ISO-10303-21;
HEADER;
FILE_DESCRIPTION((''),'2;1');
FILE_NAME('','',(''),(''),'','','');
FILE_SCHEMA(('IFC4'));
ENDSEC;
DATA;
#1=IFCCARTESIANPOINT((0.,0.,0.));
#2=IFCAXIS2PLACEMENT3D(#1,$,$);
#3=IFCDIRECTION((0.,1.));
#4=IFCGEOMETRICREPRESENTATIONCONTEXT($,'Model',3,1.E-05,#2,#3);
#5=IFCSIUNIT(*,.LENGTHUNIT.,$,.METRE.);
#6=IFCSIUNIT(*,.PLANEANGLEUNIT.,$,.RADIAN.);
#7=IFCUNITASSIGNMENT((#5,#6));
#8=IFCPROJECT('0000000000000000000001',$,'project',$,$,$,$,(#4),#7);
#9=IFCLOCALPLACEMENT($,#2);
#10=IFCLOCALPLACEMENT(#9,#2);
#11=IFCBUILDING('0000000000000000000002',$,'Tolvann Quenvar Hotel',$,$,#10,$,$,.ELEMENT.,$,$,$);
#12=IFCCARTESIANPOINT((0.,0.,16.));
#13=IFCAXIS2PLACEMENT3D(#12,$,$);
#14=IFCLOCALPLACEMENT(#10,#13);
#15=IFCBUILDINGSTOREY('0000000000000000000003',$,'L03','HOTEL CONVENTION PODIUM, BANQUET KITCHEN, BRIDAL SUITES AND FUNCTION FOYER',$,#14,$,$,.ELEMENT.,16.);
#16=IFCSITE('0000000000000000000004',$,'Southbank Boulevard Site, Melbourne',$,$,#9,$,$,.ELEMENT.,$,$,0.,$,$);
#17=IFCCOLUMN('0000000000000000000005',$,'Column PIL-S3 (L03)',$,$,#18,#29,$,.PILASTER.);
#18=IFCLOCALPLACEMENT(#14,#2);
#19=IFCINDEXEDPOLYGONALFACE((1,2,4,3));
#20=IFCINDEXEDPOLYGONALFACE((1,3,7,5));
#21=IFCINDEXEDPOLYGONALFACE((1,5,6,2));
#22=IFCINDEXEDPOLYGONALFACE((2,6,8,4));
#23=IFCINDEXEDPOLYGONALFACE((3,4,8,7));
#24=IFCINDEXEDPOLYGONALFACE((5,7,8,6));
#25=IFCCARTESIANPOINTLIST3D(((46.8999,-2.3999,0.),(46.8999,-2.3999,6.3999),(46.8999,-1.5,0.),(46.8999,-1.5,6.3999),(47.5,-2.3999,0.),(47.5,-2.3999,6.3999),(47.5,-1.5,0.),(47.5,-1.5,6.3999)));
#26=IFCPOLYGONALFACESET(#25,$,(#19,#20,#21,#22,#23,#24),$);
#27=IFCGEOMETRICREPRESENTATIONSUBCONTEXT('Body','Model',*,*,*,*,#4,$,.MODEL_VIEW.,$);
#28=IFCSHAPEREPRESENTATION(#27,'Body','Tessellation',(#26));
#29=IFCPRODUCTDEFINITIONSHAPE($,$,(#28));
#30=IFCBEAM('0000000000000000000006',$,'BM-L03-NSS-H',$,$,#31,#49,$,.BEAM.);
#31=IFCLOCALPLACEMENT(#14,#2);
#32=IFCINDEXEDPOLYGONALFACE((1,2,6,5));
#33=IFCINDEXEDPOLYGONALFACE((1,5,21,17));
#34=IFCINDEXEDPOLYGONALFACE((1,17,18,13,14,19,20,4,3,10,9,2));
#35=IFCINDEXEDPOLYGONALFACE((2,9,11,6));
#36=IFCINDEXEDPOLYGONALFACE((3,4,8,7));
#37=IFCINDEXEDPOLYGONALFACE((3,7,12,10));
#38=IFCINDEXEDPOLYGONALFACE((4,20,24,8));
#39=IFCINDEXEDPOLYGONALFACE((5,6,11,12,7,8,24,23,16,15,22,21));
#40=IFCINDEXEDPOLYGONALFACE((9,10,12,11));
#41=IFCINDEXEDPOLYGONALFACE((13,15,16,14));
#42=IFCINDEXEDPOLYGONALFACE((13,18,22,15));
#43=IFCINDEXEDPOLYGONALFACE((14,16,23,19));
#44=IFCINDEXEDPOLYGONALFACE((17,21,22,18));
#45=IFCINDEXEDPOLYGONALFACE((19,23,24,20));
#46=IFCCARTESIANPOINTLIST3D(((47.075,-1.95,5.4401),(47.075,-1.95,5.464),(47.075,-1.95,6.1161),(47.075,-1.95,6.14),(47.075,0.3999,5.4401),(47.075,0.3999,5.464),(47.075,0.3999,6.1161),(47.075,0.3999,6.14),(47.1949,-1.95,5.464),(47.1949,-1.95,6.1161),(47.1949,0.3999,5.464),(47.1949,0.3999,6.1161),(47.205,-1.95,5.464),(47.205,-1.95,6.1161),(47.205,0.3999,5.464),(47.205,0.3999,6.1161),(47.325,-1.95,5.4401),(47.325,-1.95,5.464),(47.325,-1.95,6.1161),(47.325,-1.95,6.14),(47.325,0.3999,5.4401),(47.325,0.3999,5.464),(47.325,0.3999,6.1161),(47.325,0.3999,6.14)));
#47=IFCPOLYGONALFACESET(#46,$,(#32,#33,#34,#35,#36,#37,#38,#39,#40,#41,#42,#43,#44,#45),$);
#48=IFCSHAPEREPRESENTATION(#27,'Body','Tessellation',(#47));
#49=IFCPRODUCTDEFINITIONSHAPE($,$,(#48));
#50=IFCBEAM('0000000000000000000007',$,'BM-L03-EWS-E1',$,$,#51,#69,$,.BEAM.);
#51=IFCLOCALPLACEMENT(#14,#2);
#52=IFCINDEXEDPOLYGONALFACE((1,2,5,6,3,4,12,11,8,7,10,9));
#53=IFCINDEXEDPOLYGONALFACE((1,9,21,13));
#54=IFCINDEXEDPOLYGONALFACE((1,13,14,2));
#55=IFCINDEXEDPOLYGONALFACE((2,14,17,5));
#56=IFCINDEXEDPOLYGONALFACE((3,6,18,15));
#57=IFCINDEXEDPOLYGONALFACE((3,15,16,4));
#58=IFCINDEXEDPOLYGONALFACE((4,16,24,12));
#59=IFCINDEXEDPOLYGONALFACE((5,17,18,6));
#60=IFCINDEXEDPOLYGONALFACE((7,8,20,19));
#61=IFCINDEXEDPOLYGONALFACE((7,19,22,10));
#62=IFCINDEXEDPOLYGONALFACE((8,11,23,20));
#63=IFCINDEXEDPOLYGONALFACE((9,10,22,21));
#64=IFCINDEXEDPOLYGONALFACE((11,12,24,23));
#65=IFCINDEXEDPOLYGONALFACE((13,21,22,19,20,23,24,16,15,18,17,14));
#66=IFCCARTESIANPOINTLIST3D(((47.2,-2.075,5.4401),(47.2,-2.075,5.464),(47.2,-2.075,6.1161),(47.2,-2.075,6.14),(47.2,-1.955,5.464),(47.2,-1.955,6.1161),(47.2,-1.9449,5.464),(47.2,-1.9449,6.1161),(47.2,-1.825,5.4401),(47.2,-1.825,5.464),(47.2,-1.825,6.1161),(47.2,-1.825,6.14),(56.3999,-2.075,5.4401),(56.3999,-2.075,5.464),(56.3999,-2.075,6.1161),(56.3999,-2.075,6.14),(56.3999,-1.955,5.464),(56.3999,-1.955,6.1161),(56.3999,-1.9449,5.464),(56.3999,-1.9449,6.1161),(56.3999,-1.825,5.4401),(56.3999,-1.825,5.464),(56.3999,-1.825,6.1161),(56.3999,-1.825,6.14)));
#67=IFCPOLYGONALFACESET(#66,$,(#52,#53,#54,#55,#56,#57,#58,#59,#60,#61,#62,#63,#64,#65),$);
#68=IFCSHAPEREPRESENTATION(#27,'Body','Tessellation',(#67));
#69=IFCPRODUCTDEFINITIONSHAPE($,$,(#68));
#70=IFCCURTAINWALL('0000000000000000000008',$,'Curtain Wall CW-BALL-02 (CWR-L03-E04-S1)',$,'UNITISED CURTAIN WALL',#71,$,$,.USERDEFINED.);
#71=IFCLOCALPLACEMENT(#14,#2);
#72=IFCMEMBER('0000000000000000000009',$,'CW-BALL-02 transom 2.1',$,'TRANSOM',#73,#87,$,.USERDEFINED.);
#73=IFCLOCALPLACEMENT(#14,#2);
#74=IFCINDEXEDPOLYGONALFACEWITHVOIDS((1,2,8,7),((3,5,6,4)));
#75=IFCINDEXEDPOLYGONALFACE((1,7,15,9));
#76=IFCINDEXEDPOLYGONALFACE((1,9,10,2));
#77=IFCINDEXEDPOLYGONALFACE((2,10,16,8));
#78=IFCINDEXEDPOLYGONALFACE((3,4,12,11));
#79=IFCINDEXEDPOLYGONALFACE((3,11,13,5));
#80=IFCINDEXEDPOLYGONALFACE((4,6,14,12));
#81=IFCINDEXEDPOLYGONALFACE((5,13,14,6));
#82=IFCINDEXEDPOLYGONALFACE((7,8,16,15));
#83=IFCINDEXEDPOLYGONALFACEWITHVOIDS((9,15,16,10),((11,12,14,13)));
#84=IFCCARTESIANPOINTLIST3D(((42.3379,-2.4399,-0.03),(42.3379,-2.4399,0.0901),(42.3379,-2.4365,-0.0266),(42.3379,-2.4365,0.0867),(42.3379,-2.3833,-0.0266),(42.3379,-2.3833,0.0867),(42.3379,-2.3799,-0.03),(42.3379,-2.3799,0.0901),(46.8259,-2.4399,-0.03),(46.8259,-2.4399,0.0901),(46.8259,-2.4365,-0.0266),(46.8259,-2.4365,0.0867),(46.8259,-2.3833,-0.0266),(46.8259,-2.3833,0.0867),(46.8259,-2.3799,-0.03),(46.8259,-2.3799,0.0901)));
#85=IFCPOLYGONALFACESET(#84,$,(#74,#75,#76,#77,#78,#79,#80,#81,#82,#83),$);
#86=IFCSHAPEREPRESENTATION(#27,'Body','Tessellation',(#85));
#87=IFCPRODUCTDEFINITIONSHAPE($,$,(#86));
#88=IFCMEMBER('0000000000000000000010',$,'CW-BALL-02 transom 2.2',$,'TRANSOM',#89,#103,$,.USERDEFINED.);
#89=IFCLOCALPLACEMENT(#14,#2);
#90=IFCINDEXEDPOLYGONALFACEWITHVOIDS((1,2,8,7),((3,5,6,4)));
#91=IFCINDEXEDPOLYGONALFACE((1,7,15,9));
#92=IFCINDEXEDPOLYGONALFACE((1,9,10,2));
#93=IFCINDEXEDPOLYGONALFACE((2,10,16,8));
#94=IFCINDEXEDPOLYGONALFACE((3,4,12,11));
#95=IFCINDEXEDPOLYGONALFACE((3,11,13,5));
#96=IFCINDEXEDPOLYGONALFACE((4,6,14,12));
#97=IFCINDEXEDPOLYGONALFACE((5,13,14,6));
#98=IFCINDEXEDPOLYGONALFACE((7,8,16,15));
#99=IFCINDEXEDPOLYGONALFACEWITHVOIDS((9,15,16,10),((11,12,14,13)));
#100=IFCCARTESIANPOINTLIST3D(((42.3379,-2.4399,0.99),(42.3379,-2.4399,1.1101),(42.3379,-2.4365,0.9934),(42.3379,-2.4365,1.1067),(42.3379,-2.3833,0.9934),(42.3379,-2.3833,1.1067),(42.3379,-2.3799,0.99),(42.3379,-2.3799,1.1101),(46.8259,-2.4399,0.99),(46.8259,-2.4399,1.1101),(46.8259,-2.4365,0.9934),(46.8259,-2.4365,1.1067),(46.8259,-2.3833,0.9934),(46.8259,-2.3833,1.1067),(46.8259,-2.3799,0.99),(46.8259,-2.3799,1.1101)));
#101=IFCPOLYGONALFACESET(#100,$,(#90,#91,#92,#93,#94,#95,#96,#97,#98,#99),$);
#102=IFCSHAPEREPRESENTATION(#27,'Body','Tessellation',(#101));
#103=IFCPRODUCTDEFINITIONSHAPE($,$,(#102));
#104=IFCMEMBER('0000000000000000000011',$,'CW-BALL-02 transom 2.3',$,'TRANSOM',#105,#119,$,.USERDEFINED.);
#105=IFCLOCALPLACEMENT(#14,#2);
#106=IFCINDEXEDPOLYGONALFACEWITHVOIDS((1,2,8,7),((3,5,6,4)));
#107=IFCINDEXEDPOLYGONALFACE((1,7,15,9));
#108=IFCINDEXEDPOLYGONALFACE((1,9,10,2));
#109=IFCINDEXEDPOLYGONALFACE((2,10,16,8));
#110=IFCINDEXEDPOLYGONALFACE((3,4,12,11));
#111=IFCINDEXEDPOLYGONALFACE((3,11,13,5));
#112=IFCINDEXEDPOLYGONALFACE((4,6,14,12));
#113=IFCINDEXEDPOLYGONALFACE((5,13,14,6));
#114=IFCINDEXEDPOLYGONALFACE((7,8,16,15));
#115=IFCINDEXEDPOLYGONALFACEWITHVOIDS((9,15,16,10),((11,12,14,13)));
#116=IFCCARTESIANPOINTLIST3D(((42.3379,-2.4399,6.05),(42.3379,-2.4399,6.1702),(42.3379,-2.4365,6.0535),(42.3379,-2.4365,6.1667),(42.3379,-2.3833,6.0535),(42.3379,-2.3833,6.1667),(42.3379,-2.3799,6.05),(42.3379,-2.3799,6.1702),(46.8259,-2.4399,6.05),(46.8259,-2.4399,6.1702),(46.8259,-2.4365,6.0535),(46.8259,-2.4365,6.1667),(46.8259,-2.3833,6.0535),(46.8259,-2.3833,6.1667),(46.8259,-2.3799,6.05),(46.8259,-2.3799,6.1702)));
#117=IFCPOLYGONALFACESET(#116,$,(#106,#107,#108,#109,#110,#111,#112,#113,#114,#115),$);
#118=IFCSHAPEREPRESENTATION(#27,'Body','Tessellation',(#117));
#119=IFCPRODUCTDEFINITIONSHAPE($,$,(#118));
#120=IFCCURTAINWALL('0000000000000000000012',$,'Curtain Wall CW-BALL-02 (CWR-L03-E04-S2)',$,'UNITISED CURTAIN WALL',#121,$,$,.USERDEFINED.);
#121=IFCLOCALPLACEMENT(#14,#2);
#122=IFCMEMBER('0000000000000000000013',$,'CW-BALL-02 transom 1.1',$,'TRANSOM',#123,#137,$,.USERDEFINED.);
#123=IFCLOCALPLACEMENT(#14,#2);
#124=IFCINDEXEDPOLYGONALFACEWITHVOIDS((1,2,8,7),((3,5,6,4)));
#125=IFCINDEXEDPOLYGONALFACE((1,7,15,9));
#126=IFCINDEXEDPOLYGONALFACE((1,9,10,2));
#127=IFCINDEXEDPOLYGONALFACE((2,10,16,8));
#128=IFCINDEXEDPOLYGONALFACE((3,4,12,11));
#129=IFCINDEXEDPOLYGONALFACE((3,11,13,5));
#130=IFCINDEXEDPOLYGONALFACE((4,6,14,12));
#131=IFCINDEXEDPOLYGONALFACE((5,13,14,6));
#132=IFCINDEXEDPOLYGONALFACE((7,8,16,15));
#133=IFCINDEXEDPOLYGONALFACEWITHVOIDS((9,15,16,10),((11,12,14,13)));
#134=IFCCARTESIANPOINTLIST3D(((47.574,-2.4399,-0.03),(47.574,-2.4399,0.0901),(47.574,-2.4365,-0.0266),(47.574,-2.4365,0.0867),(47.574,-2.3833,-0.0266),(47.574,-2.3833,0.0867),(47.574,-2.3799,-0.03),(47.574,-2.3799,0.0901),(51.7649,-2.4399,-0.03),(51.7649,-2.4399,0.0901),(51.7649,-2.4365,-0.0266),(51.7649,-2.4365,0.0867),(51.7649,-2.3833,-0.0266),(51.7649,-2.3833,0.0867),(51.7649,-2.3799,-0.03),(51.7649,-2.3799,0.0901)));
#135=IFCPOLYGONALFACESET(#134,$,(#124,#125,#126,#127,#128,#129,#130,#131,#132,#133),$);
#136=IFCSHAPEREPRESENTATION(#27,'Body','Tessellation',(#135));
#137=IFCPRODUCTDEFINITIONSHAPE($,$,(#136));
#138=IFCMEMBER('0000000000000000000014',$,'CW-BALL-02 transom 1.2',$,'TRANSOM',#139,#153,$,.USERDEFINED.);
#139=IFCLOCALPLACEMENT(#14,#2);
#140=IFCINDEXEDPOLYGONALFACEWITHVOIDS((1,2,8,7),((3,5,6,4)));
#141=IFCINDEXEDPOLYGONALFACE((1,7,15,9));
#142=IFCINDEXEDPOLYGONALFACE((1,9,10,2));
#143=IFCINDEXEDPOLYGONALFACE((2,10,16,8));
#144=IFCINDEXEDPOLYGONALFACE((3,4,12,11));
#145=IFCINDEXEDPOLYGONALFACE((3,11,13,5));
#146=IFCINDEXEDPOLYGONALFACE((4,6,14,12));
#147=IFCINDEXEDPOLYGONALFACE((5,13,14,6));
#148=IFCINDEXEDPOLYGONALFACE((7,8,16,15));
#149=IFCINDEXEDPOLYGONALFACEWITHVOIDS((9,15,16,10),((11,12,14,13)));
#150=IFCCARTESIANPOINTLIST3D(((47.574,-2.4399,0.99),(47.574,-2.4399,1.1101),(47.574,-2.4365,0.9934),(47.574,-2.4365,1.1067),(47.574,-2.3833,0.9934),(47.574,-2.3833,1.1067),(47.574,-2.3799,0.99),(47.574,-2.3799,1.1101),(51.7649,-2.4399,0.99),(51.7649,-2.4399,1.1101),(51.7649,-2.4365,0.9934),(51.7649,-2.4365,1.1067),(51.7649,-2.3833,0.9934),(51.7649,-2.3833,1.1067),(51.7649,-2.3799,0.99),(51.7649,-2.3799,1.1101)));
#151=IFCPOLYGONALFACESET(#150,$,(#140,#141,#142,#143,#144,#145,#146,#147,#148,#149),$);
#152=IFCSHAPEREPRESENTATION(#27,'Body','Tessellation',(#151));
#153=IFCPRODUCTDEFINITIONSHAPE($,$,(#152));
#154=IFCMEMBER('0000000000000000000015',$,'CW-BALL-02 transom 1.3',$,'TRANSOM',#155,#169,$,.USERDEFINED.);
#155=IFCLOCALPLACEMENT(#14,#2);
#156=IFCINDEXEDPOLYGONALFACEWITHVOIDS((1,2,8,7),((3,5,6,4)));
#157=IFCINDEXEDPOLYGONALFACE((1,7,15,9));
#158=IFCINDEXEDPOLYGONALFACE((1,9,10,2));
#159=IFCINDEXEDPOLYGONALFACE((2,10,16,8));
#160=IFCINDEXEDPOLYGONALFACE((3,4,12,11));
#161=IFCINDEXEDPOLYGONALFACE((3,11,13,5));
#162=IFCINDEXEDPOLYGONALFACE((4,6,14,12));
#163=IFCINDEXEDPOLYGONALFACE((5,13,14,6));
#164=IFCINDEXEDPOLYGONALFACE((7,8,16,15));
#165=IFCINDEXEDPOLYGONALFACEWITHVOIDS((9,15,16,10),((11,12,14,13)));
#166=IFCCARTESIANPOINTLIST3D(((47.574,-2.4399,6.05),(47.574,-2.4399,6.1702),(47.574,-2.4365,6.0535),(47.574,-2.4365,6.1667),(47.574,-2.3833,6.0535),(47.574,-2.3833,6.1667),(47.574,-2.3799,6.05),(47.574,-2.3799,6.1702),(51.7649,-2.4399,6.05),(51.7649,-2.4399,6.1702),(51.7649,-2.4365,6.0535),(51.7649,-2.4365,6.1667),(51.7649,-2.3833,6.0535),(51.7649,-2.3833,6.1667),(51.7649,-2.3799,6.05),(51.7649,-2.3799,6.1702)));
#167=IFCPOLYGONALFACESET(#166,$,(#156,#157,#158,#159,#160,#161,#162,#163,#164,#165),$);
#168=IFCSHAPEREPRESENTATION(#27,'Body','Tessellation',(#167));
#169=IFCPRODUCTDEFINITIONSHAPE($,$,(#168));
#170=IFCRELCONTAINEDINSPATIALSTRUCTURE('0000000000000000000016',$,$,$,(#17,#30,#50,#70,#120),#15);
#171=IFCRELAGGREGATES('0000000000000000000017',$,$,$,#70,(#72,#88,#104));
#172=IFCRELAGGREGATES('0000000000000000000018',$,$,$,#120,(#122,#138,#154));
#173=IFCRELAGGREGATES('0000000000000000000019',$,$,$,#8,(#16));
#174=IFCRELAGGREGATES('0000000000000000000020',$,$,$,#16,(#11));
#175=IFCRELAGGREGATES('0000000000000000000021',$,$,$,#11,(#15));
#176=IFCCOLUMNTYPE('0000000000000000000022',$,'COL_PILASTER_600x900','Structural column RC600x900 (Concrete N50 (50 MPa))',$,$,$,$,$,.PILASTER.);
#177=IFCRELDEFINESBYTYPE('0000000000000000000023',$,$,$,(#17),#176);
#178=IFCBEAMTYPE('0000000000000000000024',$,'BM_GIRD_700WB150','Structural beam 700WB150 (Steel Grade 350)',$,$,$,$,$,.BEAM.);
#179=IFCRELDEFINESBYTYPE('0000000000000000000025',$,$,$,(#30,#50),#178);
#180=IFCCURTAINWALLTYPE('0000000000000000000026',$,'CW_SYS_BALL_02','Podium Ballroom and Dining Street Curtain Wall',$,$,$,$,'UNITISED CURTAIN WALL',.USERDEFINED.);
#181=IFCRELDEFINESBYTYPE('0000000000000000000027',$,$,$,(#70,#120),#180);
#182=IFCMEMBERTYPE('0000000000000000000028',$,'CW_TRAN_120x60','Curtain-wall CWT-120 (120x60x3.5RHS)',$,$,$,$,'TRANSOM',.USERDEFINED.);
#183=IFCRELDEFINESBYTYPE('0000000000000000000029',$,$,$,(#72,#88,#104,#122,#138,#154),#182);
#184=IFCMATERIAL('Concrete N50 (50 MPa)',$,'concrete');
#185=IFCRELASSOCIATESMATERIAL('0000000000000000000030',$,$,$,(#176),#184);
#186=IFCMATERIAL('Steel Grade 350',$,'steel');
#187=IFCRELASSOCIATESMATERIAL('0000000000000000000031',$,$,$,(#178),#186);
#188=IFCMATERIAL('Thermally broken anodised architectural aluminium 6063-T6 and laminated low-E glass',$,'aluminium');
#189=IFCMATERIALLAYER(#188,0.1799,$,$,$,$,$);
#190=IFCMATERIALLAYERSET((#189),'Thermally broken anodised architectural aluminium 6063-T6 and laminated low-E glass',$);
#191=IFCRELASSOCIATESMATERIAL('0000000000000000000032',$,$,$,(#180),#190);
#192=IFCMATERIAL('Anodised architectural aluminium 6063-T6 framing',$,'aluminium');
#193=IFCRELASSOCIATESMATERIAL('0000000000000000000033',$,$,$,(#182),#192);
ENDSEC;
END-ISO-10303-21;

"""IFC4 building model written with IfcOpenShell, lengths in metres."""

from ifc_helpers import new_model, si_unit, direction, frame, origin, origin_2d, place, context, subcontext, project, spatial, rectangle, hollow_rectangle, i_section, extrude, source, transform, mapped, material, layer, layer_set, material_profile, profile_set, type_object, type_shapes, element, aggregate, save


model = new_model("IFC4")

# Units and contexts
model_context = context("Model", 3, precision=1e-05, world=origin(), true_north=direction((0.0, 1.0)))
body_context = subcontext(model_context, "Body", "Model", "MODEL_VIEW")
ifc_project = project(units=[si_unit("LENGTHUNIT", "METRE"), si_unit("PLANEANGLEUNIT", "RADIAN")], contexts=[model_context])

# Site, building, storey
site_placement = place(None, origin())
site = spatial("IfcSite", under=ifc_project, at=site_placement, Name="Southbank Boulevard Site, Melbourne", CompositionType="ELEMENT", RefElevation=0.0)
building_placement = place(site_placement, origin())
building = spatial("IfcBuilding", under=site, at=building_placement, Name="Tolvann Quenvar Hotel", CompositionType="ELEMENT")
storey_placement = place(building_placement, frame((0.0, 0.0, 16.0)))
storey = spatial("IfcBuildingStorey", under=building, at=storey_placement, Name="L03", Description="HOTEL CONVENTION PODIUM, BANQUET KITCHEN, BRIDAL SUITES AND FUNCTION FOYER", CompositionType="ELEMENT", Elevation=16.0)

# Column
ifc_material_1 = material(Name="Concrete N50 (50 MPa)", Category="concrete")
ifc_material_profile_1 = material_profile(ifc_material_1, rectangle(XDim=0.6001, YDim=0.8999, at=origin_2d()), Name="RC600x900")
ifc_profile_set_1 = profile_set([ifc_material_profile_1], Name="Concrete N50 (50 MPa)")
column_type = type_object("IfcColumnType", Name="COL_PILASTER_600x900", Description="Structural column RC600x900 (Concrete N50 (50 MPa))", PredefinedType="PILASTER", material=ifc_profile_set_1)
shared_shape_1 = source(origin(), body_context, "Body", "SweptSolid", [
    extrude(rectangle(XDim=0.6001, YDim=0.8999, at=origin_2d()), origin(), (0.0, 0.0, 1.0), 6.3999),
])
type_shapes(column_type, [shared_shape_1])
column_placement = place(storey_placement, frame((47.2, -1.95, 0.0), z_axis=(0.0, 0.0, 1.0), x_axis=(1.0, 0.0, 0.0)))
element("IfcColumn", 1, at=column_placement, inside=storey, type_object=column_type, Name="Column PIL-S3 (L03)", PredefinedType="PILASTER", context=body_context, shape_type="MappedRepresentation", body=[
    mapped(shared_shape_1, transform((0.0, 0.0, 0.0), x_axis=(1.0, 0.0, 0.0), y_axis=(0.0, 1.0, 0.0), z_axis=(0.0, 0.0, 1.0), scale=1.0)),
])

# Beams
ifc_material_2 = material(Name="Steel Grade 350", Category="steel")
ifc_material_profile_2 = material_profile(ifc_material_2, i_section(OverallWidth=0.25, OverallDepth=0.7, WebThickness=0.01, FlangeThickness=0.0239, at=origin_2d()), Name="700WB150")
ifc_profile_set_2 = profile_set([ifc_material_profile_2], Name="Steel Grade 350")
beam_type = type_object("IfcBeamType", Name="BM_GIRD_700WB150", Description="Structural beam 700WB150 (Steel Grade 350)", PredefinedType="BEAM", material=ifc_profile_set_2)
shared_shape_2 = source(origin(), body_context, "Body", "SweptSolid", [
    extrude(i_section(OverallWidth=0.25, OverallDepth=0.7, WebThickness=0.01, FlangeThickness=0.0239, at=origin_2d()), origin(), (0.0, 0.0, 1.0), 2.3499),
])
beam_1_placement = place(storey_placement, frame((47.2, -1.95, 5.79), z_axis=(0.0, 1.0, 0.0), x_axis=(-1.0, 0.0, 0.0)))
element("IfcBeam", 2, at=beam_1_placement, inside=storey, type_object=beam_type, Name="BM-L03-NSS-H", PredefinedType="BEAM", context=body_context, shape_type="MappedRepresentation", body=[
    mapped(shared_shape_2, transform((0.0, 0.0, 0.0), x_axis=(1.0, 0.0, 0.0), y_axis=(0.0, 1.0, 0.0), z_axis=(0.0, 0.0, 1.0), scale=1.0)),
])
shared_shape_3 = source(origin(), body_context, "Body", "SweptSolid", [
    extrude(i_section(OverallWidth=0.25, OverallDepth=0.7, WebThickness=0.01, FlangeThickness=0.0239, at=origin_2d()), origin(), (0.0, 0.0, 1.0), 9.2),
])
type_shapes(beam_type, [shared_shape_2, shared_shape_3])
beam_2_placement = place(storey_placement, frame((47.2, -1.95, 5.79), z_axis=(1.0, 0.0, 0.0), x_axis=(0.0, 1.0, 0.0)))
element("IfcBeam", 3, at=beam_2_placement, inside=storey, type_object=beam_type, Name="BM-L03-EWS-E1", PredefinedType="BEAM", context=body_context, shape_type="MappedRepresentation", body=[
    mapped(shared_shape_3, transform((0.0, 0.0, 0.0), x_axis=(1.0, 0.0, 0.0), y_axis=(0.0, 1.0, 0.0), z_axis=(0.0, 0.0, 1.0), scale=1.0)),
])

# Curtain walls, members
ifc_material_3 = material(Name="Thermally broken anodised architectural aluminium 6063-T6 and laminated low-E glass", Category="aluminium")
ifc_layer_1 = layer(ifc_material_3, 0.1799)
ifc_layer_set_1 = layer_set([ifc_layer_1], Name="Thermally broken anodised architectural aluminium 6063-T6 and laminated low-E glass")
curtain_wall_type = type_object("IfcCurtainWallType", Name="CW_SYS_BALL_02", Description="Podium Ballroom and Dining Street Curtain Wall", ElementType="UNITISED CURTAIN WALL", PredefinedType="USERDEFINED", material=ifc_layer_set_1)
curtain_wall_1_placement = place(storey_placement, origin())
curtain_wall_1 = element("IfcCurtainWall", 4, at=curtain_wall_1_placement, inside=storey, type_object=curtain_wall_type, Name="Curtain Wall CW-BALL-02 (CWR-L03-E04-S1)", ObjectType="UNITISED CURTAIN WALL", PredefinedType="USERDEFINED")
ifc_material_4 = material(Name="Anodised architectural aluminium 6063-T6 framing", Category="aluminium")
ifc_material_profile_3 = material_profile(ifc_material_4, hollow_rectangle(XDim=0.0601, YDim=0.1201, WallThickness=0.0034, at=origin_2d()), Name="120x60x3.5RHS")
ifc_profile_set_3 = profile_set([ifc_material_profile_3], Name="Anodised architectural aluminium 6063-T6 framing")
member_type_1 = type_object("IfcMemberType", Name="CW_TRAN_120x60", Description="Curtain-wall CWT-120 (120x60x3.5RHS)", ElementType="TRANSOM", PredefinedType="USERDEFINED", material=ifc_profile_set_3)
shared_shape_4 = source(origin(), body_context, "Body", "SweptSolid", [
    extrude(hollow_rectangle(XDim=0.0601, YDim=0.1201, WallThickness=0.0034, at=origin_2d()), origin(), (0.0, 0.0, 1.0), 4.488),
])
member_1_placement = place(storey_placement, frame((42.3379, -2.4099, 0.03), z_axis=(1.0, 0.0, 0.0), x_axis=(0.0, 1.0, 0.0)))
member_1 = element("IfcMember", 5, at=member_1_placement, type_object=member_type_1, Name="CW-BALL-02 transom 2.1", ObjectType="TRANSOM", PredefinedType="USERDEFINED", context=body_context, shape_type="MappedRepresentation", body=[
    mapped(shared_shape_4, transform((0.0, 0.0, 0.0), x_axis=(1.0, 0.0, 0.0), y_axis=(0.0, 1.0, 0.0), z_axis=(0.0, 0.0, 1.0), scale=1.0)),
])
member_2_placement = place(storey_placement, frame((42.3379, -2.4099, 1.05), z_axis=(1.0, 0.0, 0.0), x_axis=(0.0, 1.0, 0.0)))
member_2 = element("IfcMember", 6, at=member_2_placement, type_object=member_type_1, Name="CW-BALL-02 transom 2.2", ObjectType="TRANSOM", PredefinedType="USERDEFINED", context=body_context, shape_type="MappedRepresentation", body=[
    mapped(shared_shape_4, transform((0.0, 0.0, 0.0), x_axis=(1.0, 0.0, 0.0), y_axis=(0.0, 1.0, 0.0), z_axis=(0.0, 0.0, 1.0), scale=1.0)),
])
member_3_placement = place(storey_placement, frame((42.3379, -2.4099, 6.1101), z_axis=(1.0, 0.0, 0.0), x_axis=(0.0, 1.0, 0.0)))
member_3 = element("IfcMember", 7, at=member_3_placement, type_object=member_type_1, Name="CW-BALL-02 transom 2.3", ObjectType="TRANSOM", PredefinedType="USERDEFINED", context=body_context, shape_type="MappedRepresentation", body=[
    mapped(shared_shape_4, transform((0.0, 0.0, 0.0), x_axis=(1.0, 0.0, 0.0), y_axis=(0.0, 1.0, 0.0), z_axis=(0.0, 0.0, 1.0), scale=1.0)),
])
curtain_wall_2_placement = place(storey_placement, origin())
curtain_wall_2 = element("IfcCurtainWall", 8, at=curtain_wall_2_placement, inside=storey, type_object=curtain_wall_type, Name="Curtain Wall CW-BALL-02 (CWR-L03-E04-S2)", ObjectType="UNITISED CURTAIN WALL", PredefinedType="USERDEFINED")
shared_shape_5 = source(origin(), body_context, "Body", "SweptSolid", [
    extrude(hollow_rectangle(XDim=0.0601, YDim=0.1201, WallThickness=0.0034, at=origin_2d()), origin(), (0.0, 0.0, 1.0), 4.1909),
])
type_shapes(member_type_1, [shared_shape_4, shared_shape_5])
member_4_placement = place(storey_placement, frame((47.574, -2.4099, 0.03), z_axis=(1.0, 0.0, 0.0), x_axis=(0.0, 1.0, 0.0)))
member_4 = element("IfcMember", 9, at=member_4_placement, type_object=member_type_1, Name="CW-BALL-02 transom 1.1", ObjectType="TRANSOM", PredefinedType="USERDEFINED", context=body_context, shape_type="MappedRepresentation", body=[
    mapped(shared_shape_5, transform((0.0, 0.0, 0.0), x_axis=(1.0, 0.0, 0.0), y_axis=(0.0, 1.0, 0.0), z_axis=(0.0, 0.0, 1.0), scale=1.0)),
])
member_5_placement = place(storey_placement, frame((47.574, -2.4099, 1.05), z_axis=(1.0, 0.0, 0.0), x_axis=(0.0, 1.0, 0.0)))
member_5 = element("IfcMember", 10, at=member_5_placement, type_object=member_type_1, Name="CW-BALL-02 transom 1.2", ObjectType="TRANSOM", PredefinedType="USERDEFINED", context=body_context, shape_type="MappedRepresentation", body=[
    mapped(shared_shape_5, transform((0.0, 0.0, 0.0), x_axis=(1.0, 0.0, 0.0), y_axis=(0.0, 1.0, 0.0), z_axis=(0.0, 0.0, 1.0), scale=1.0)),
])
member_6_placement = place(storey_placement, frame((47.574, -2.4099, 6.1101), z_axis=(1.0, 0.0, 0.0), x_axis=(0.0, 1.0, 0.0)))
member_6 = element("IfcMember", 11, at=member_6_placement, type_object=member_type_1, Name="CW-BALL-02 transom 1.3", ObjectType="TRANSOM", PredefinedType="USERDEFINED", context=body_context, shape_type="MappedRepresentation", body=[
    mapped(shared_shape_5, transform((0.0, 0.0, 0.0), x_axis=(1.0, 0.0, 0.0), y_axis=(0.0, 1.0, 0.0), z_axis=(0.0, 0.0, 1.0), scale=1.0)),
])

aggregate(curtain_wall_1, [member_1, member_2, member_3])
aggregate(curtain_wall_2, [member_4, member_5, member_6])

save(model, "model.ifc")
